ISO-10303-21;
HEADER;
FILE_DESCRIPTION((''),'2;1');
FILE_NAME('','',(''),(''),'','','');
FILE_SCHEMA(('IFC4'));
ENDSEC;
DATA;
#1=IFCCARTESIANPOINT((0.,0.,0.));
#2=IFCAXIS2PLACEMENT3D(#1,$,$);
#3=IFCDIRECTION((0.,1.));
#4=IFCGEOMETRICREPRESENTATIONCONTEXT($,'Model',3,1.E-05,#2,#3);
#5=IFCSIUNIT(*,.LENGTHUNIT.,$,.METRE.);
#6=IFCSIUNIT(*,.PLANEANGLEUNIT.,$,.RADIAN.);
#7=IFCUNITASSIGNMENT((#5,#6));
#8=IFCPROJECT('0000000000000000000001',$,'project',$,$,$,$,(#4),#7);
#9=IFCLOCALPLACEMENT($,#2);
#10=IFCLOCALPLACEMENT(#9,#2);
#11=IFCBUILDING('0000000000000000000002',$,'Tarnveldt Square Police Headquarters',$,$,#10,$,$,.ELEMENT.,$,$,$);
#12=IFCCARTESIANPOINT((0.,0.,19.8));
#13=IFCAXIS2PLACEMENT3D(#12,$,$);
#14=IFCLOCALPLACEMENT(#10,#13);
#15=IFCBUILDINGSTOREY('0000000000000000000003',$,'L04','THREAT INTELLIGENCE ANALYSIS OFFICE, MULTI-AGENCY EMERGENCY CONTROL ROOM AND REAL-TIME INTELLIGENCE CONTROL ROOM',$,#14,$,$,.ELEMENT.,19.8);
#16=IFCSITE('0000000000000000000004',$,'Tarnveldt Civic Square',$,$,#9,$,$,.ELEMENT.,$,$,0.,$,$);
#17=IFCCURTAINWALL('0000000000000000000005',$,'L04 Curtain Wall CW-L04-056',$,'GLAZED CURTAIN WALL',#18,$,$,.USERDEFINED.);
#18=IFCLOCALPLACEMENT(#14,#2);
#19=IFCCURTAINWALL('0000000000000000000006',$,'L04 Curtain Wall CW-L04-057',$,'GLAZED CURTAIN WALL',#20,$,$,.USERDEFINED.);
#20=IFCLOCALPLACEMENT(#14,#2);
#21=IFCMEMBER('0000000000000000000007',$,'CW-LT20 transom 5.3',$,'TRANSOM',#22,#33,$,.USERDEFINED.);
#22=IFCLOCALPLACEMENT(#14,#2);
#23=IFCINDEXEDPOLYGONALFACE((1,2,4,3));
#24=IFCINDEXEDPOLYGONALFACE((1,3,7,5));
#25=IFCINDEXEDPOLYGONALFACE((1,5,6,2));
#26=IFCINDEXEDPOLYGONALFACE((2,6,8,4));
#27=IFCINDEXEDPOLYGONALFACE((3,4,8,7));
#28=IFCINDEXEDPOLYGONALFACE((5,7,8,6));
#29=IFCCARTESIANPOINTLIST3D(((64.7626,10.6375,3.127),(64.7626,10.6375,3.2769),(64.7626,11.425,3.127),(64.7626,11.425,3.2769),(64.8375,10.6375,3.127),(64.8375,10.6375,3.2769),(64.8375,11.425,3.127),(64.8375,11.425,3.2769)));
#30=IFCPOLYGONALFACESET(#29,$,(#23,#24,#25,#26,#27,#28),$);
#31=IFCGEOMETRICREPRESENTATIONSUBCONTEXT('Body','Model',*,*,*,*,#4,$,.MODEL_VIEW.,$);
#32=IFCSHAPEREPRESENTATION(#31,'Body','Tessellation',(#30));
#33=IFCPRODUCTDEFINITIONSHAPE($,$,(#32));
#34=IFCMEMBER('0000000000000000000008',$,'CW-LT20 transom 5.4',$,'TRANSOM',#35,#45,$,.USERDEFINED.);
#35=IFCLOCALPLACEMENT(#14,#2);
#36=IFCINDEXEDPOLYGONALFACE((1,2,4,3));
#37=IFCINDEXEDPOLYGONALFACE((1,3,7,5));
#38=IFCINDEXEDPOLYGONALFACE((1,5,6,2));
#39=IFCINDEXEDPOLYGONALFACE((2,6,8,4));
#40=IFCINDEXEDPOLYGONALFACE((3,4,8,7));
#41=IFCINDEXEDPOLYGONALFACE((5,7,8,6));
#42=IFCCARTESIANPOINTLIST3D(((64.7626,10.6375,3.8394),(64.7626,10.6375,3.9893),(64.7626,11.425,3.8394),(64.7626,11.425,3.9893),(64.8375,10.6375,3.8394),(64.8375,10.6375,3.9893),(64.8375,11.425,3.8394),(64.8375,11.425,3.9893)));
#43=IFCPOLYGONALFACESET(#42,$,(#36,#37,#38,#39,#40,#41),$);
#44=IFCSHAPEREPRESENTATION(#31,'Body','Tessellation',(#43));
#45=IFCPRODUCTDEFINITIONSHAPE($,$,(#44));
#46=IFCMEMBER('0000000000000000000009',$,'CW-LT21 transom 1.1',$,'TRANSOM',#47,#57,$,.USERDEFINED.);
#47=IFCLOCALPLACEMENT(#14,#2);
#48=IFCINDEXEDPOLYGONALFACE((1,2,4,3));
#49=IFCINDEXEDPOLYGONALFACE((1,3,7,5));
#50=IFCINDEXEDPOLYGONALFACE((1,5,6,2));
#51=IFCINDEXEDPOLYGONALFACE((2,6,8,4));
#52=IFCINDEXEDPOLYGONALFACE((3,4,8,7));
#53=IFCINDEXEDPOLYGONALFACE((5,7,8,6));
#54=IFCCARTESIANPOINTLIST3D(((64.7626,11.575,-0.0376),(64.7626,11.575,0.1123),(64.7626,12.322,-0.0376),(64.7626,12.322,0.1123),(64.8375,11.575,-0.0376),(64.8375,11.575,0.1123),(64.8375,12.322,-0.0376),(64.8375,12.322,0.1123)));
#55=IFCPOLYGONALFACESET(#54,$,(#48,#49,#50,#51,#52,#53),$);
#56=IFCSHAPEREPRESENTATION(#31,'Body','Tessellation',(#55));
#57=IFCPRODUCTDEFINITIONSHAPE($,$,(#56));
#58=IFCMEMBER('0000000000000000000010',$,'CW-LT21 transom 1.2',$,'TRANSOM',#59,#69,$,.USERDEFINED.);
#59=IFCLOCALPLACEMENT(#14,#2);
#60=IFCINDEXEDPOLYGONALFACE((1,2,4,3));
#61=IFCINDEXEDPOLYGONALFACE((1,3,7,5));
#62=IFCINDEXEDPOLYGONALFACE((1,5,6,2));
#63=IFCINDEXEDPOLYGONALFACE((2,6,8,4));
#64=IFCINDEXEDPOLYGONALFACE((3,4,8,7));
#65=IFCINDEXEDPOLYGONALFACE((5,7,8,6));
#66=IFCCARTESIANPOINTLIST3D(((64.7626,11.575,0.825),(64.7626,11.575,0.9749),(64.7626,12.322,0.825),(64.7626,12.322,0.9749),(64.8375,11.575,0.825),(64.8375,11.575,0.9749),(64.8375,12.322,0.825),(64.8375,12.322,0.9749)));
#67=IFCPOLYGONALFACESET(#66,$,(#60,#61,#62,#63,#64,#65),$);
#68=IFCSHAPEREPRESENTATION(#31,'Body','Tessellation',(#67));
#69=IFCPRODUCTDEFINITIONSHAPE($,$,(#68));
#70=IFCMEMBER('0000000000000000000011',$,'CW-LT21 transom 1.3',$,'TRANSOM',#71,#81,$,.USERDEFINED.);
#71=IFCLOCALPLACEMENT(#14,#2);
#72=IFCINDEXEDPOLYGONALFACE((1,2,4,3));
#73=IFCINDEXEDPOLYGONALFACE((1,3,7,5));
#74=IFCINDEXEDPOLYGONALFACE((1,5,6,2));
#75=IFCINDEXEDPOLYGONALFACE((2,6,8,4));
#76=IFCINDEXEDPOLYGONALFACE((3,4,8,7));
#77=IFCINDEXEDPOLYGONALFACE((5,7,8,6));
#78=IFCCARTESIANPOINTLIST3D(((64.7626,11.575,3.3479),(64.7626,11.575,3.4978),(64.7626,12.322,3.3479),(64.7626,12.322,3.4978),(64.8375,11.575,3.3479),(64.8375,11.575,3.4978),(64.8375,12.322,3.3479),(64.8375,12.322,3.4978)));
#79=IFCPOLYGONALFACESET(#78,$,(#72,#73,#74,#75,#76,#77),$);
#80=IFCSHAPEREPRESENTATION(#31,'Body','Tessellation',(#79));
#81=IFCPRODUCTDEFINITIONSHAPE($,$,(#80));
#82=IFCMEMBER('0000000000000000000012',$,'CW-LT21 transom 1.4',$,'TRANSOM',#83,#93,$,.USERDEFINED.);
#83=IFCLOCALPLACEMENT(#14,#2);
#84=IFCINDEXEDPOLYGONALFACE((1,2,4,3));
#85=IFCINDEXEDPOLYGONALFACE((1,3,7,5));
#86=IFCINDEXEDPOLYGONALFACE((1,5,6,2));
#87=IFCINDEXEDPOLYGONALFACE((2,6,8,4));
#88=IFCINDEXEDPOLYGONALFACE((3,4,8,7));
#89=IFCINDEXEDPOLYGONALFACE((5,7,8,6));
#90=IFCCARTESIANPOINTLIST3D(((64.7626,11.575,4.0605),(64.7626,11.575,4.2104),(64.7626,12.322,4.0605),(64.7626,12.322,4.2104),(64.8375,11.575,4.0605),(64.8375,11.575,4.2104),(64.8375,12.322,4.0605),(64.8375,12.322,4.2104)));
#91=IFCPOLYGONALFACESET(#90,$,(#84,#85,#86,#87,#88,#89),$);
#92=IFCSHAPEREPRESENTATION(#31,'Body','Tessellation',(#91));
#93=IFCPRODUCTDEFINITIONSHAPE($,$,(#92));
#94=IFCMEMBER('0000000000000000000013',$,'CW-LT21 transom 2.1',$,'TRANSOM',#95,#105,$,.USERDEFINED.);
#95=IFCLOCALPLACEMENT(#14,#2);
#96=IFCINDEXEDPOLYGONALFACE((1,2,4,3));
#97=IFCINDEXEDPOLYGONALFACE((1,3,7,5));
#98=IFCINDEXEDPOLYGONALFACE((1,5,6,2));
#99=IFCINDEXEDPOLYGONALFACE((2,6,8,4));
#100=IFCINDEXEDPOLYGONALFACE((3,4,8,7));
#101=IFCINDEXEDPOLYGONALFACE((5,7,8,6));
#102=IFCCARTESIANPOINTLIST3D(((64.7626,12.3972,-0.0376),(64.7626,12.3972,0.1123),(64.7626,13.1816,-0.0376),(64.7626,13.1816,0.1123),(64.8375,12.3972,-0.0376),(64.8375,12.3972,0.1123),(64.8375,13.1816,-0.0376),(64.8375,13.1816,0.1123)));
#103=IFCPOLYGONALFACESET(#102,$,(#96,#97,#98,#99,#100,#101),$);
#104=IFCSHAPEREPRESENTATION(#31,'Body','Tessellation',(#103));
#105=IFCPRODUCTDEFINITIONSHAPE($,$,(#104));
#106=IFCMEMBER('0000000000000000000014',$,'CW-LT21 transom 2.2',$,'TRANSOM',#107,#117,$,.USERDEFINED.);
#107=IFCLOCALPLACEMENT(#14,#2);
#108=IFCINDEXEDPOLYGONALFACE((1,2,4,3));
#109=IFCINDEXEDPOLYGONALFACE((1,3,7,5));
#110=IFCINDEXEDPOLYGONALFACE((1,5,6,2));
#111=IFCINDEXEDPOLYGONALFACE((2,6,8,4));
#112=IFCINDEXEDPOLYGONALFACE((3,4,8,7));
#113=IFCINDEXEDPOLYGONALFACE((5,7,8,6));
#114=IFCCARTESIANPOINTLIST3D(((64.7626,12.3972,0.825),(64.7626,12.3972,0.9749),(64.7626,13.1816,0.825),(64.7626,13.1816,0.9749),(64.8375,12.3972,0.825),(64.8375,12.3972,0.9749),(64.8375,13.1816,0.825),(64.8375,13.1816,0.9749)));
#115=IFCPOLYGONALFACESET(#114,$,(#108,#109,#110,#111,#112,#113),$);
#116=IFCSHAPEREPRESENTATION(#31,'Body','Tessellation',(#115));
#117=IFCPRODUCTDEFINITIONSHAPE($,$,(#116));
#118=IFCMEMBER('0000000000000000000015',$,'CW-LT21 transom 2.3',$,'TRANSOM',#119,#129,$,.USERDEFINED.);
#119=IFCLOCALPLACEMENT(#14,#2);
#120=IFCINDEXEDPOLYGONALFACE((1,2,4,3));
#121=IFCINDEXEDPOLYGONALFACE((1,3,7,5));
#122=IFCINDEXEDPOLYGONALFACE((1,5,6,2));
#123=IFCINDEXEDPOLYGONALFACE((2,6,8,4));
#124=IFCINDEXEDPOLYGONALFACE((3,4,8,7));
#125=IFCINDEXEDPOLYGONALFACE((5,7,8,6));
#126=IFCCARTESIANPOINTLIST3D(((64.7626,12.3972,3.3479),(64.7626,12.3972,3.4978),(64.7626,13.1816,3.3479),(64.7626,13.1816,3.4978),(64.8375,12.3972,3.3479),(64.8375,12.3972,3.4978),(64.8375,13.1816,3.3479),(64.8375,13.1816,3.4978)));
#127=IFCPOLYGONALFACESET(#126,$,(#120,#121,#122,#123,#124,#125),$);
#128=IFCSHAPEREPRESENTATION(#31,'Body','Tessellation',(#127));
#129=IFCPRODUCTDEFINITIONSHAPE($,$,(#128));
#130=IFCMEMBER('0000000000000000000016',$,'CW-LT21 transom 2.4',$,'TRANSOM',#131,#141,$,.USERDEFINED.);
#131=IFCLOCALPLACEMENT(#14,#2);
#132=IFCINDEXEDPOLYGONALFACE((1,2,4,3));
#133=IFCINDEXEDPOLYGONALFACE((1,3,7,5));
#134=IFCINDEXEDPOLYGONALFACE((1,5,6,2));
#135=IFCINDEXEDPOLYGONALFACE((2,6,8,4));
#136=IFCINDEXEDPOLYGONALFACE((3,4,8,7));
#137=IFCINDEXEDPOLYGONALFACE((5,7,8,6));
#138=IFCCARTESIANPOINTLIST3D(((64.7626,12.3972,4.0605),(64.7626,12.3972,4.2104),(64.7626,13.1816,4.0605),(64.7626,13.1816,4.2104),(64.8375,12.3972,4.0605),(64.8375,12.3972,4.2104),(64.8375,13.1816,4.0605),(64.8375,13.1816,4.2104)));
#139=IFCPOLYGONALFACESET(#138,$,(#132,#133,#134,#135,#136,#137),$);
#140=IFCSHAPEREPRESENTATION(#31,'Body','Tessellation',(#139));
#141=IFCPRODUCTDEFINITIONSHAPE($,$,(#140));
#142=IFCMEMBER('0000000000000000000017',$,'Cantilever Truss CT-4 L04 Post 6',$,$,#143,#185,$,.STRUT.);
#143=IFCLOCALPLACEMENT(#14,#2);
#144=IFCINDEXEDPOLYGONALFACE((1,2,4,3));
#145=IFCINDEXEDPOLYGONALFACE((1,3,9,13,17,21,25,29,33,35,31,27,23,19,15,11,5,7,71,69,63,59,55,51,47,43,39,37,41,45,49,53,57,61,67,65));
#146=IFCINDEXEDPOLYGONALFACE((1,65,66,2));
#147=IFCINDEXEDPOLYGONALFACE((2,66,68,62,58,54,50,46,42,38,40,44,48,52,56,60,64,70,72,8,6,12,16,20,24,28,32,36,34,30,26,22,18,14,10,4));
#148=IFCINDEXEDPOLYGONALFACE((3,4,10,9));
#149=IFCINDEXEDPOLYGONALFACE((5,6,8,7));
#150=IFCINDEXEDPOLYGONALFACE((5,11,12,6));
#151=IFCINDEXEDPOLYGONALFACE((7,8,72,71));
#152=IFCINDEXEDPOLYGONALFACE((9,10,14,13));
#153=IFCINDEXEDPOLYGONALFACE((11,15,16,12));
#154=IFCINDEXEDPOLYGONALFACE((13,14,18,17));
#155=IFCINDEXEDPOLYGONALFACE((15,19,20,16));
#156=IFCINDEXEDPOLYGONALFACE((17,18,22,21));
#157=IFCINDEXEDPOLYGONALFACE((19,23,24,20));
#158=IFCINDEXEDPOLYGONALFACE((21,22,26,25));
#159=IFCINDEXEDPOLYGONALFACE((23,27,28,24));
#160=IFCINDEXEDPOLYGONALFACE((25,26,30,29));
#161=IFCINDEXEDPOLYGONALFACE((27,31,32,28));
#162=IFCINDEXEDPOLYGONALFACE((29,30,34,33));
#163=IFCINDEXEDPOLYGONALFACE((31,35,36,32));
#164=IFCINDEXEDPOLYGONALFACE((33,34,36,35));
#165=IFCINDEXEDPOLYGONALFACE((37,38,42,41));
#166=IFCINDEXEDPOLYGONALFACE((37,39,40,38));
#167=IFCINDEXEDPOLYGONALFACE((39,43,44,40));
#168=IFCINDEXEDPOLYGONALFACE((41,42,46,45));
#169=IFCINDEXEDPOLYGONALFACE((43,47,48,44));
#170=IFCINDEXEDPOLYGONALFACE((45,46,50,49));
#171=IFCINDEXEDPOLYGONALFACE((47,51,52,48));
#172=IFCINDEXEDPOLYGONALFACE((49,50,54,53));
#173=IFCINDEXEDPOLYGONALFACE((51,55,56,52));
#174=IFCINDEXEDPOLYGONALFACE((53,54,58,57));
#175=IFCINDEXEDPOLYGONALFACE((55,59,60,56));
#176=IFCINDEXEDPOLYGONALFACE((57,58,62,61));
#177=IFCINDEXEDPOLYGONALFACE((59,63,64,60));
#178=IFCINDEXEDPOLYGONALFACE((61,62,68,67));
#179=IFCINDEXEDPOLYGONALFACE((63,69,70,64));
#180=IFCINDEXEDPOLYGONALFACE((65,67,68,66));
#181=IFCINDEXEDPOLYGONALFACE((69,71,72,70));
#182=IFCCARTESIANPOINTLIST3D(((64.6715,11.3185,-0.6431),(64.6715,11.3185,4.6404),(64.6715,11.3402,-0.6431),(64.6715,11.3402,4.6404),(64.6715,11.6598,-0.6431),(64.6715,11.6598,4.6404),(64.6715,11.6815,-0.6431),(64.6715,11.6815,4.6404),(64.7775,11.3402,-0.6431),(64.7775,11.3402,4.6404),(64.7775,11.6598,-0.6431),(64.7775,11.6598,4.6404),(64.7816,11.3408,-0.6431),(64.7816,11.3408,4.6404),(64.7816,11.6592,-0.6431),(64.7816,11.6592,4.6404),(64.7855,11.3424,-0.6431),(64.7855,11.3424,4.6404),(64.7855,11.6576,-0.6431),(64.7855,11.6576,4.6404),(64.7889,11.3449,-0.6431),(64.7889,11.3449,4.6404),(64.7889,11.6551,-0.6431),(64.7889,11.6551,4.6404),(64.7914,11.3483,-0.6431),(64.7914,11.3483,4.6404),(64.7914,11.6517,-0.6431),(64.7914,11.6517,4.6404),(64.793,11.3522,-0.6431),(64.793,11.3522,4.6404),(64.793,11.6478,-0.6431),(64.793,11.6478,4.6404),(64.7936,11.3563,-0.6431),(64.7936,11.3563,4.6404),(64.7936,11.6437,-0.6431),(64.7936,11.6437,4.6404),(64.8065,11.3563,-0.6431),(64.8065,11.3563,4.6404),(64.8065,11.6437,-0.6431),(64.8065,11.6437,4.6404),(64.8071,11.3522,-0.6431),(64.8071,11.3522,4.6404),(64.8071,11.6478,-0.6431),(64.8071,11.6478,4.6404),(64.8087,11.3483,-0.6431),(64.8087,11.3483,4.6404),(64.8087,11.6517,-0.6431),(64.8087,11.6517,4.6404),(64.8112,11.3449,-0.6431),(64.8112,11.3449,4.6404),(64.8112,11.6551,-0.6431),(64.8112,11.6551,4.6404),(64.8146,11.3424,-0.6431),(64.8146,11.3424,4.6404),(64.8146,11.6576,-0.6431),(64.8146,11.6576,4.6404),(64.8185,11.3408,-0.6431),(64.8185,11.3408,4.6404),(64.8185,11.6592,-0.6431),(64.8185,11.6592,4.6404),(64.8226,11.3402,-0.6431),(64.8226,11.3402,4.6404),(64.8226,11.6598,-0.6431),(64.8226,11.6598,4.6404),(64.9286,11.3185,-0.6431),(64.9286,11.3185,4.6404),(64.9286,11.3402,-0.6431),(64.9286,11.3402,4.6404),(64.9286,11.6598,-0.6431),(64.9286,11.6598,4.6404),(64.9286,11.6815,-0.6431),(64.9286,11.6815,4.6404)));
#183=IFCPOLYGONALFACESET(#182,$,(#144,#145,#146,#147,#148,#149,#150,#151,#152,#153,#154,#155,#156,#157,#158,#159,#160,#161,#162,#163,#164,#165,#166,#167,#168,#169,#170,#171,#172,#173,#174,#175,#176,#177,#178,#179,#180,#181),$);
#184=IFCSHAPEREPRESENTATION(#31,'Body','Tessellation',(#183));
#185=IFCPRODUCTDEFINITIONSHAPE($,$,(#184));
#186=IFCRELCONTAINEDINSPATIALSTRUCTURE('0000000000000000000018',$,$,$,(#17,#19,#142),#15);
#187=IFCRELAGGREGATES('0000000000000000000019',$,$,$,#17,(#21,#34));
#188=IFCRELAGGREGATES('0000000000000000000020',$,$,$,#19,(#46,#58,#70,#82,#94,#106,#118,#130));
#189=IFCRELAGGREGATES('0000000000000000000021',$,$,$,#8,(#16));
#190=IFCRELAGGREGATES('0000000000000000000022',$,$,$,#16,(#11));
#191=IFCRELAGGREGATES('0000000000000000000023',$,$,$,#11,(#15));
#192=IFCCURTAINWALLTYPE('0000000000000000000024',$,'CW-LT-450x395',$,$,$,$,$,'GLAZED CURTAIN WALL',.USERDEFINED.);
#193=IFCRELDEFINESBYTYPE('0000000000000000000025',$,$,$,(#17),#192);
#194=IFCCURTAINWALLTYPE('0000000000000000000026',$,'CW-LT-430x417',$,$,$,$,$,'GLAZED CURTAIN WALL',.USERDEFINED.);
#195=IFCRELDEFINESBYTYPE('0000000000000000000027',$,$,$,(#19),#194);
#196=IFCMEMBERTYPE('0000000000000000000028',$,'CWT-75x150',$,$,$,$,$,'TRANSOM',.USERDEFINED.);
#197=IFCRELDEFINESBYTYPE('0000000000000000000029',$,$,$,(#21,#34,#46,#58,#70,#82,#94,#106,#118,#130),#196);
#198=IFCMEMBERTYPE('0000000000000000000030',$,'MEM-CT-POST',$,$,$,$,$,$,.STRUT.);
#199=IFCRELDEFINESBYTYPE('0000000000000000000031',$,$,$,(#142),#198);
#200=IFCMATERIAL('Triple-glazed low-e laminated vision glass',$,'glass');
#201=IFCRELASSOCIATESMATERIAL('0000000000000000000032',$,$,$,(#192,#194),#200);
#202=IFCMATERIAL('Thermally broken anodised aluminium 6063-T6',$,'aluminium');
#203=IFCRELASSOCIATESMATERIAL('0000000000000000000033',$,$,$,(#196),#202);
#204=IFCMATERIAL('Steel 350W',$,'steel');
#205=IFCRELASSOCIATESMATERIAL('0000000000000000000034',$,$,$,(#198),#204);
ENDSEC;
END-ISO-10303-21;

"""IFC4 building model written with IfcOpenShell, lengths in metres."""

from ifc_helpers import new_model, si_unit, direction, frame, origin, origin_2d, place, context, subcontext, project, spatial, rectangle, i_section, extrude, material, material_profile, profile_set, type_object, element, aggregate, save


model = new_model("IFC4")

# Units and contexts
model_context = context("Model", 3, precision=1e-05, world=origin(), true_north=direction((0.0, 1.0)))
body_context = subcontext(model_context, "Body", "Model", "MODEL_VIEW")
ifc_project = project(units=[si_unit("LENGTHUNIT", "METRE"), si_unit("PLANEANGLEUNIT", "RADIAN")], contexts=[model_context])

# Site, building, storey
site_placement = place(None, origin())
site = spatial("IfcSite", under=ifc_project, at=site_placement, Name="Tarnveldt Civic Square", CompositionType="ELEMENT", RefElevation=0.0)
building_placement = place(site_placement, origin())
building = spatial("IfcBuilding", under=site, at=building_placement, Name="Tarnveldt Square Police Headquarters", CompositionType="ELEMENT")
storey_placement = place(building_placement, frame((0.0, 0.0, 19.8)))
storey = spatial("IfcBuildingStorey", under=building, at=storey_placement, Name="L04", Description="THREAT INTELLIGENCE ANALYSIS OFFICE, MULTI-AGENCY EMERGENCY CONTROL ROOM AND REAL-TIME INTELLIGENCE CONTROL ROOM", CompositionType="ELEMENT", Elevation=19.8)

# Shared definitions
ifc_material_1 = material(Name="Steel 350W", Category="steel")

# Curtain walls
ifc_material_2 = material(Name="Triple-glazed low-e laminated vision glass", Category="glass")
curtain_wall_type_1 = type_object("IfcCurtainWallType", Name="CW-LT-450x395", ElementType="GLAZED CURTAIN WALL", PredefinedType="USERDEFINED", material=ifc_material_2)
curtain_wall_1_placement = place(storey_placement, origin())
curtain_wall_1 = element("IfcCurtainWall", 1, at=curtain_wall_1_placement, inside=storey, type_object=curtain_wall_type_1, Name="L04 Curtain Wall CW-L04-056", ObjectType="GLAZED CURTAIN WALL", PredefinedType="USERDEFINED")
ifc_material_3 = material(Name="Thermally broken anodised aluminium 6063-T6", Category="aluminium")
curtain_wall_type_2 = type_object("IfcCurtainWallType", Name="CW-LT-430x417", ElementType="GLAZED CURTAIN WALL", PredefinedType="USERDEFINED", material=ifc_material_2)
curtain_wall_2_placement = place(storey_placement, origin())
curtain_wall_2 = element("IfcCurtainWall", 2, at=curtain_wall_2_placement, inside=storey, type_object=curtain_wall_type_2, Name="L04 Curtain Wall CW-L04-057", ObjectType="GLAZED CURTAIN WALL", PredefinedType="USERDEFINED")

# Members
ifc_material_profile_1 = material_profile(ifc_material_3, rectangle(XDim=0.075, YDim=0.1499, at=origin_2d()), Name="CW-T75x150")
ifc_profile_set_1 = profile_set([ifc_material_profile_1], Name="Thermally broken anodised aluminium 6063-T6")
member_type_1 = type_object("IfcMemberType", Name="CWT-75x150", ElementType="TRANSOM", PredefinedType="USERDEFINED", material=ifc_profile_set_1)
member_1_placement = place(storey_placement, frame((64.8, 10.6375, 3.2019), z_axis=(0.0, 1.0, 0.0), x_axis=(-1.0, 0.0, 0.0)))
member_1 = element("IfcMember", 3, at=member_1_placement, type_object=member_type_1, Name="CW-LT20 transom 5.3", ObjectType="TRANSOM", PredefinedType="USERDEFINED", context=body_context, shape_type="SweptSolid", body=[
    extrude(rectangle(XDim=0.075, YDim=0.1499, at=origin_2d()), origin(), (0.0, 0.0, 1.0), 0.7876),
])
member_2_placement = place(storey_placement, frame((64.8, 10.6375, 3.9143), z_axis=(0.0, 1.0, 0.0), x_axis=(-1.0, 0.0, 0.0)))
member_2 = element("IfcMember", 4, at=member_2_placement, type_object=member_type_1, Name="CW-LT20 transom 5.4", ObjectType="TRANSOM", PredefinedType="USERDEFINED", context=body_context, shape_type="SweptSolid", body=[
    extrude(rectangle(XDim=0.075, YDim=0.1499, at=origin_2d()), origin(), (0.0, 0.0, 1.0), 0.7876),
])
member_3_placement = place(storey_placement, frame((64.8, 11.575, 0.0374), z_axis=(0.0, 1.0, 0.0), x_axis=(-1.0, 0.0, 0.0)))
member_3 = element("IfcMember", 5, at=member_3_placement, type_object=member_type_1, Name="CW-LT21 transom 1.1", ObjectType="TRANSOM", PredefinedType="USERDEFINED", context=body_context, shape_type="SweptSolid", body=[
    extrude(rectangle(XDim=0.075, YDim=0.1499, at=origin_2d()), origin(), (0.0, 0.0, 1.0), 0.7471),
])
member_4_placement = place(storey_placement, frame((64.8, 11.575, 0.8999), z_axis=(0.0, 1.0, 0.0), x_axis=(-1.0, 0.0, 0.0)))
member_4 = element("IfcMember", 6, at=member_4_placement, type_object=member_type_1, Name="CW-LT21 transom 1.2", ObjectType="TRANSOM", PredefinedType="USERDEFINED", context=body_context, shape_type="SweptSolid", body=[
    extrude(rectangle(XDim=0.075, YDim=0.1499, at=origin_2d()), origin(), (0.0, 0.0, 1.0), 0.7471),
])
member_5_placement = place(storey_placement, frame((64.8, 11.575, 3.4229), z_axis=(0.0, 1.0, 0.0), x_axis=(-1.0, 0.0, 0.0)))
member_5 = element("IfcMember", 7, at=member_5_placement, type_object=member_type_1, Name="CW-LT21 transom 1.3", ObjectType="TRANSOM", PredefinedType="USERDEFINED", context=body_context, shape_type="SweptSolid", body=[
    extrude(rectangle(XDim=0.075, YDim=0.1499, at=origin_2d()), origin(), (0.0, 0.0, 1.0), 0.7471),
])
member_6_placement = place(storey_placement, frame((64.8, 11.575, 4.1355), z_axis=(0.0, 1.0, 0.0), x_axis=(-1.0, 0.0, 0.0)))
member_6 = element("IfcMember", 8, at=member_6_placement, type_object=member_type_1, Name="CW-LT21 transom 1.4", ObjectType="TRANSOM", PredefinedType="USERDEFINED", context=body_context, shape_type="SweptSolid", body=[
    extrude(rectangle(XDim=0.075, YDim=0.1499, at=origin_2d()), origin(), (0.0, 0.0, 1.0), 0.7471),
])
member_7_placement = place(storey_placement, frame((64.8, 12.3972, 0.0374), z_axis=(0.0, 1.0, 0.0), x_axis=(-1.0, 0.0, 0.0)))
member_7 = element("IfcMember", 9, at=member_7_placement, type_object=member_type_1, Name="CW-LT21 transom 2.1", ObjectType="TRANSOM", PredefinedType="USERDEFINED", context=body_context, shape_type="SweptSolid", body=[
    extrude(rectangle(XDim=0.075, YDim=0.1499, at=origin_2d()), origin(), (0.0, 0.0, 1.0), 0.7844),
])
member_8_placement = place(storey_placement, frame((64.8, 12.3972, 0.8999), z_axis=(0.0, 1.0, 0.0), x_axis=(-1.0, 0.0, 0.0)))
member_8 = element("IfcMember", 10, at=member_8_placement, type_object=member_type_1, Name="CW-LT21 transom 2.2", ObjectType="TRANSOM", PredefinedType="USERDEFINED", context=body_context, shape_type="SweptSolid", body=[
    extrude(rectangle(XDim=0.075, YDim=0.1499, at=origin_2d()), origin(), (0.0, 0.0, 1.0), 0.7844),
])
member_9_placement = place(storey_placement, frame((64.8, 12.3972, 3.4229), z_axis=(0.0, 1.0, 0.0), x_axis=(-1.0, 0.0, 0.0)))
member_9 = element("IfcMember", 11, at=member_9_placement, type_object=member_type_1, Name="CW-LT21 transom 2.3", ObjectType="TRANSOM", PredefinedType="USERDEFINED", context=body_context, shape_type="SweptSolid", body=[
    extrude(rectangle(XDim=0.075, YDim=0.1499, at=origin_2d()), origin(), (0.0, 0.0, 1.0), 0.7844),
])
member_10_placement = place(storey_placement, frame((64.8, 12.3972, 4.1355), z_axis=(0.0, 1.0, 0.0), x_axis=(-1.0, 0.0, 0.0)))
member_10 = element("IfcMember", 12, at=member_10_placement, type_object=member_type_1, Name="CW-LT21 transom 2.4", ObjectType="TRANSOM", PredefinedType="USERDEFINED", context=body_context, shape_type="SweptSolid", body=[
    extrude(rectangle(XDim=0.075, YDim=0.1499, at=origin_2d()), origin(), (0.0, 0.0, 1.0), 0.7844),
])

# Member
ifc_material_profile_2 = material_profile(ifc_material_1, i_section(OverallWidth=0.2571, OverallDepth=0.363, WebThickness=0.0129, FlangeThickness=0.0217, FilletRadius=0.0161, at=origin_2d()), Name="W360x122")
ifc_profile_set_2 = profile_set([ifc_material_profile_2], Name="Steel 350W")
member_type_2 = type_object("IfcMemberType", Name="MEM-CT-POST", PredefinedType="STRUT", material=ifc_profile_set_2)
member_11_placement = place(storey_placement, frame((64.8, 11.5, -0.6431), z_axis=(0.0, 0.0, 1.0), x_axis=(1.0, 0.0, 0.0)))
element("IfcMember", 13, at=member_11_placement, inside=storey, type_object=member_type_2, Name="Cantilever Truss CT-4 L04 Post 6", PredefinedType="STRUT", context=body_context, shape_type="SweptSolid", body=[
    extrude(i_section(OverallWidth=0.2571, OverallDepth=0.363, WebThickness=0.0129, FlangeThickness=0.0217, FilletRadius=0.0161, at=origin_2d()), origin(), (0.0, 0.0, 1.0), 5.2834),
])

aggregate(curtain_wall_1, [member_1, member_2])
aggregate(curtain_wall_2, [member_3, member_4, member_5, member_6, member_7, member_8, member_9, member_10])

save(model, "model.ifc")
